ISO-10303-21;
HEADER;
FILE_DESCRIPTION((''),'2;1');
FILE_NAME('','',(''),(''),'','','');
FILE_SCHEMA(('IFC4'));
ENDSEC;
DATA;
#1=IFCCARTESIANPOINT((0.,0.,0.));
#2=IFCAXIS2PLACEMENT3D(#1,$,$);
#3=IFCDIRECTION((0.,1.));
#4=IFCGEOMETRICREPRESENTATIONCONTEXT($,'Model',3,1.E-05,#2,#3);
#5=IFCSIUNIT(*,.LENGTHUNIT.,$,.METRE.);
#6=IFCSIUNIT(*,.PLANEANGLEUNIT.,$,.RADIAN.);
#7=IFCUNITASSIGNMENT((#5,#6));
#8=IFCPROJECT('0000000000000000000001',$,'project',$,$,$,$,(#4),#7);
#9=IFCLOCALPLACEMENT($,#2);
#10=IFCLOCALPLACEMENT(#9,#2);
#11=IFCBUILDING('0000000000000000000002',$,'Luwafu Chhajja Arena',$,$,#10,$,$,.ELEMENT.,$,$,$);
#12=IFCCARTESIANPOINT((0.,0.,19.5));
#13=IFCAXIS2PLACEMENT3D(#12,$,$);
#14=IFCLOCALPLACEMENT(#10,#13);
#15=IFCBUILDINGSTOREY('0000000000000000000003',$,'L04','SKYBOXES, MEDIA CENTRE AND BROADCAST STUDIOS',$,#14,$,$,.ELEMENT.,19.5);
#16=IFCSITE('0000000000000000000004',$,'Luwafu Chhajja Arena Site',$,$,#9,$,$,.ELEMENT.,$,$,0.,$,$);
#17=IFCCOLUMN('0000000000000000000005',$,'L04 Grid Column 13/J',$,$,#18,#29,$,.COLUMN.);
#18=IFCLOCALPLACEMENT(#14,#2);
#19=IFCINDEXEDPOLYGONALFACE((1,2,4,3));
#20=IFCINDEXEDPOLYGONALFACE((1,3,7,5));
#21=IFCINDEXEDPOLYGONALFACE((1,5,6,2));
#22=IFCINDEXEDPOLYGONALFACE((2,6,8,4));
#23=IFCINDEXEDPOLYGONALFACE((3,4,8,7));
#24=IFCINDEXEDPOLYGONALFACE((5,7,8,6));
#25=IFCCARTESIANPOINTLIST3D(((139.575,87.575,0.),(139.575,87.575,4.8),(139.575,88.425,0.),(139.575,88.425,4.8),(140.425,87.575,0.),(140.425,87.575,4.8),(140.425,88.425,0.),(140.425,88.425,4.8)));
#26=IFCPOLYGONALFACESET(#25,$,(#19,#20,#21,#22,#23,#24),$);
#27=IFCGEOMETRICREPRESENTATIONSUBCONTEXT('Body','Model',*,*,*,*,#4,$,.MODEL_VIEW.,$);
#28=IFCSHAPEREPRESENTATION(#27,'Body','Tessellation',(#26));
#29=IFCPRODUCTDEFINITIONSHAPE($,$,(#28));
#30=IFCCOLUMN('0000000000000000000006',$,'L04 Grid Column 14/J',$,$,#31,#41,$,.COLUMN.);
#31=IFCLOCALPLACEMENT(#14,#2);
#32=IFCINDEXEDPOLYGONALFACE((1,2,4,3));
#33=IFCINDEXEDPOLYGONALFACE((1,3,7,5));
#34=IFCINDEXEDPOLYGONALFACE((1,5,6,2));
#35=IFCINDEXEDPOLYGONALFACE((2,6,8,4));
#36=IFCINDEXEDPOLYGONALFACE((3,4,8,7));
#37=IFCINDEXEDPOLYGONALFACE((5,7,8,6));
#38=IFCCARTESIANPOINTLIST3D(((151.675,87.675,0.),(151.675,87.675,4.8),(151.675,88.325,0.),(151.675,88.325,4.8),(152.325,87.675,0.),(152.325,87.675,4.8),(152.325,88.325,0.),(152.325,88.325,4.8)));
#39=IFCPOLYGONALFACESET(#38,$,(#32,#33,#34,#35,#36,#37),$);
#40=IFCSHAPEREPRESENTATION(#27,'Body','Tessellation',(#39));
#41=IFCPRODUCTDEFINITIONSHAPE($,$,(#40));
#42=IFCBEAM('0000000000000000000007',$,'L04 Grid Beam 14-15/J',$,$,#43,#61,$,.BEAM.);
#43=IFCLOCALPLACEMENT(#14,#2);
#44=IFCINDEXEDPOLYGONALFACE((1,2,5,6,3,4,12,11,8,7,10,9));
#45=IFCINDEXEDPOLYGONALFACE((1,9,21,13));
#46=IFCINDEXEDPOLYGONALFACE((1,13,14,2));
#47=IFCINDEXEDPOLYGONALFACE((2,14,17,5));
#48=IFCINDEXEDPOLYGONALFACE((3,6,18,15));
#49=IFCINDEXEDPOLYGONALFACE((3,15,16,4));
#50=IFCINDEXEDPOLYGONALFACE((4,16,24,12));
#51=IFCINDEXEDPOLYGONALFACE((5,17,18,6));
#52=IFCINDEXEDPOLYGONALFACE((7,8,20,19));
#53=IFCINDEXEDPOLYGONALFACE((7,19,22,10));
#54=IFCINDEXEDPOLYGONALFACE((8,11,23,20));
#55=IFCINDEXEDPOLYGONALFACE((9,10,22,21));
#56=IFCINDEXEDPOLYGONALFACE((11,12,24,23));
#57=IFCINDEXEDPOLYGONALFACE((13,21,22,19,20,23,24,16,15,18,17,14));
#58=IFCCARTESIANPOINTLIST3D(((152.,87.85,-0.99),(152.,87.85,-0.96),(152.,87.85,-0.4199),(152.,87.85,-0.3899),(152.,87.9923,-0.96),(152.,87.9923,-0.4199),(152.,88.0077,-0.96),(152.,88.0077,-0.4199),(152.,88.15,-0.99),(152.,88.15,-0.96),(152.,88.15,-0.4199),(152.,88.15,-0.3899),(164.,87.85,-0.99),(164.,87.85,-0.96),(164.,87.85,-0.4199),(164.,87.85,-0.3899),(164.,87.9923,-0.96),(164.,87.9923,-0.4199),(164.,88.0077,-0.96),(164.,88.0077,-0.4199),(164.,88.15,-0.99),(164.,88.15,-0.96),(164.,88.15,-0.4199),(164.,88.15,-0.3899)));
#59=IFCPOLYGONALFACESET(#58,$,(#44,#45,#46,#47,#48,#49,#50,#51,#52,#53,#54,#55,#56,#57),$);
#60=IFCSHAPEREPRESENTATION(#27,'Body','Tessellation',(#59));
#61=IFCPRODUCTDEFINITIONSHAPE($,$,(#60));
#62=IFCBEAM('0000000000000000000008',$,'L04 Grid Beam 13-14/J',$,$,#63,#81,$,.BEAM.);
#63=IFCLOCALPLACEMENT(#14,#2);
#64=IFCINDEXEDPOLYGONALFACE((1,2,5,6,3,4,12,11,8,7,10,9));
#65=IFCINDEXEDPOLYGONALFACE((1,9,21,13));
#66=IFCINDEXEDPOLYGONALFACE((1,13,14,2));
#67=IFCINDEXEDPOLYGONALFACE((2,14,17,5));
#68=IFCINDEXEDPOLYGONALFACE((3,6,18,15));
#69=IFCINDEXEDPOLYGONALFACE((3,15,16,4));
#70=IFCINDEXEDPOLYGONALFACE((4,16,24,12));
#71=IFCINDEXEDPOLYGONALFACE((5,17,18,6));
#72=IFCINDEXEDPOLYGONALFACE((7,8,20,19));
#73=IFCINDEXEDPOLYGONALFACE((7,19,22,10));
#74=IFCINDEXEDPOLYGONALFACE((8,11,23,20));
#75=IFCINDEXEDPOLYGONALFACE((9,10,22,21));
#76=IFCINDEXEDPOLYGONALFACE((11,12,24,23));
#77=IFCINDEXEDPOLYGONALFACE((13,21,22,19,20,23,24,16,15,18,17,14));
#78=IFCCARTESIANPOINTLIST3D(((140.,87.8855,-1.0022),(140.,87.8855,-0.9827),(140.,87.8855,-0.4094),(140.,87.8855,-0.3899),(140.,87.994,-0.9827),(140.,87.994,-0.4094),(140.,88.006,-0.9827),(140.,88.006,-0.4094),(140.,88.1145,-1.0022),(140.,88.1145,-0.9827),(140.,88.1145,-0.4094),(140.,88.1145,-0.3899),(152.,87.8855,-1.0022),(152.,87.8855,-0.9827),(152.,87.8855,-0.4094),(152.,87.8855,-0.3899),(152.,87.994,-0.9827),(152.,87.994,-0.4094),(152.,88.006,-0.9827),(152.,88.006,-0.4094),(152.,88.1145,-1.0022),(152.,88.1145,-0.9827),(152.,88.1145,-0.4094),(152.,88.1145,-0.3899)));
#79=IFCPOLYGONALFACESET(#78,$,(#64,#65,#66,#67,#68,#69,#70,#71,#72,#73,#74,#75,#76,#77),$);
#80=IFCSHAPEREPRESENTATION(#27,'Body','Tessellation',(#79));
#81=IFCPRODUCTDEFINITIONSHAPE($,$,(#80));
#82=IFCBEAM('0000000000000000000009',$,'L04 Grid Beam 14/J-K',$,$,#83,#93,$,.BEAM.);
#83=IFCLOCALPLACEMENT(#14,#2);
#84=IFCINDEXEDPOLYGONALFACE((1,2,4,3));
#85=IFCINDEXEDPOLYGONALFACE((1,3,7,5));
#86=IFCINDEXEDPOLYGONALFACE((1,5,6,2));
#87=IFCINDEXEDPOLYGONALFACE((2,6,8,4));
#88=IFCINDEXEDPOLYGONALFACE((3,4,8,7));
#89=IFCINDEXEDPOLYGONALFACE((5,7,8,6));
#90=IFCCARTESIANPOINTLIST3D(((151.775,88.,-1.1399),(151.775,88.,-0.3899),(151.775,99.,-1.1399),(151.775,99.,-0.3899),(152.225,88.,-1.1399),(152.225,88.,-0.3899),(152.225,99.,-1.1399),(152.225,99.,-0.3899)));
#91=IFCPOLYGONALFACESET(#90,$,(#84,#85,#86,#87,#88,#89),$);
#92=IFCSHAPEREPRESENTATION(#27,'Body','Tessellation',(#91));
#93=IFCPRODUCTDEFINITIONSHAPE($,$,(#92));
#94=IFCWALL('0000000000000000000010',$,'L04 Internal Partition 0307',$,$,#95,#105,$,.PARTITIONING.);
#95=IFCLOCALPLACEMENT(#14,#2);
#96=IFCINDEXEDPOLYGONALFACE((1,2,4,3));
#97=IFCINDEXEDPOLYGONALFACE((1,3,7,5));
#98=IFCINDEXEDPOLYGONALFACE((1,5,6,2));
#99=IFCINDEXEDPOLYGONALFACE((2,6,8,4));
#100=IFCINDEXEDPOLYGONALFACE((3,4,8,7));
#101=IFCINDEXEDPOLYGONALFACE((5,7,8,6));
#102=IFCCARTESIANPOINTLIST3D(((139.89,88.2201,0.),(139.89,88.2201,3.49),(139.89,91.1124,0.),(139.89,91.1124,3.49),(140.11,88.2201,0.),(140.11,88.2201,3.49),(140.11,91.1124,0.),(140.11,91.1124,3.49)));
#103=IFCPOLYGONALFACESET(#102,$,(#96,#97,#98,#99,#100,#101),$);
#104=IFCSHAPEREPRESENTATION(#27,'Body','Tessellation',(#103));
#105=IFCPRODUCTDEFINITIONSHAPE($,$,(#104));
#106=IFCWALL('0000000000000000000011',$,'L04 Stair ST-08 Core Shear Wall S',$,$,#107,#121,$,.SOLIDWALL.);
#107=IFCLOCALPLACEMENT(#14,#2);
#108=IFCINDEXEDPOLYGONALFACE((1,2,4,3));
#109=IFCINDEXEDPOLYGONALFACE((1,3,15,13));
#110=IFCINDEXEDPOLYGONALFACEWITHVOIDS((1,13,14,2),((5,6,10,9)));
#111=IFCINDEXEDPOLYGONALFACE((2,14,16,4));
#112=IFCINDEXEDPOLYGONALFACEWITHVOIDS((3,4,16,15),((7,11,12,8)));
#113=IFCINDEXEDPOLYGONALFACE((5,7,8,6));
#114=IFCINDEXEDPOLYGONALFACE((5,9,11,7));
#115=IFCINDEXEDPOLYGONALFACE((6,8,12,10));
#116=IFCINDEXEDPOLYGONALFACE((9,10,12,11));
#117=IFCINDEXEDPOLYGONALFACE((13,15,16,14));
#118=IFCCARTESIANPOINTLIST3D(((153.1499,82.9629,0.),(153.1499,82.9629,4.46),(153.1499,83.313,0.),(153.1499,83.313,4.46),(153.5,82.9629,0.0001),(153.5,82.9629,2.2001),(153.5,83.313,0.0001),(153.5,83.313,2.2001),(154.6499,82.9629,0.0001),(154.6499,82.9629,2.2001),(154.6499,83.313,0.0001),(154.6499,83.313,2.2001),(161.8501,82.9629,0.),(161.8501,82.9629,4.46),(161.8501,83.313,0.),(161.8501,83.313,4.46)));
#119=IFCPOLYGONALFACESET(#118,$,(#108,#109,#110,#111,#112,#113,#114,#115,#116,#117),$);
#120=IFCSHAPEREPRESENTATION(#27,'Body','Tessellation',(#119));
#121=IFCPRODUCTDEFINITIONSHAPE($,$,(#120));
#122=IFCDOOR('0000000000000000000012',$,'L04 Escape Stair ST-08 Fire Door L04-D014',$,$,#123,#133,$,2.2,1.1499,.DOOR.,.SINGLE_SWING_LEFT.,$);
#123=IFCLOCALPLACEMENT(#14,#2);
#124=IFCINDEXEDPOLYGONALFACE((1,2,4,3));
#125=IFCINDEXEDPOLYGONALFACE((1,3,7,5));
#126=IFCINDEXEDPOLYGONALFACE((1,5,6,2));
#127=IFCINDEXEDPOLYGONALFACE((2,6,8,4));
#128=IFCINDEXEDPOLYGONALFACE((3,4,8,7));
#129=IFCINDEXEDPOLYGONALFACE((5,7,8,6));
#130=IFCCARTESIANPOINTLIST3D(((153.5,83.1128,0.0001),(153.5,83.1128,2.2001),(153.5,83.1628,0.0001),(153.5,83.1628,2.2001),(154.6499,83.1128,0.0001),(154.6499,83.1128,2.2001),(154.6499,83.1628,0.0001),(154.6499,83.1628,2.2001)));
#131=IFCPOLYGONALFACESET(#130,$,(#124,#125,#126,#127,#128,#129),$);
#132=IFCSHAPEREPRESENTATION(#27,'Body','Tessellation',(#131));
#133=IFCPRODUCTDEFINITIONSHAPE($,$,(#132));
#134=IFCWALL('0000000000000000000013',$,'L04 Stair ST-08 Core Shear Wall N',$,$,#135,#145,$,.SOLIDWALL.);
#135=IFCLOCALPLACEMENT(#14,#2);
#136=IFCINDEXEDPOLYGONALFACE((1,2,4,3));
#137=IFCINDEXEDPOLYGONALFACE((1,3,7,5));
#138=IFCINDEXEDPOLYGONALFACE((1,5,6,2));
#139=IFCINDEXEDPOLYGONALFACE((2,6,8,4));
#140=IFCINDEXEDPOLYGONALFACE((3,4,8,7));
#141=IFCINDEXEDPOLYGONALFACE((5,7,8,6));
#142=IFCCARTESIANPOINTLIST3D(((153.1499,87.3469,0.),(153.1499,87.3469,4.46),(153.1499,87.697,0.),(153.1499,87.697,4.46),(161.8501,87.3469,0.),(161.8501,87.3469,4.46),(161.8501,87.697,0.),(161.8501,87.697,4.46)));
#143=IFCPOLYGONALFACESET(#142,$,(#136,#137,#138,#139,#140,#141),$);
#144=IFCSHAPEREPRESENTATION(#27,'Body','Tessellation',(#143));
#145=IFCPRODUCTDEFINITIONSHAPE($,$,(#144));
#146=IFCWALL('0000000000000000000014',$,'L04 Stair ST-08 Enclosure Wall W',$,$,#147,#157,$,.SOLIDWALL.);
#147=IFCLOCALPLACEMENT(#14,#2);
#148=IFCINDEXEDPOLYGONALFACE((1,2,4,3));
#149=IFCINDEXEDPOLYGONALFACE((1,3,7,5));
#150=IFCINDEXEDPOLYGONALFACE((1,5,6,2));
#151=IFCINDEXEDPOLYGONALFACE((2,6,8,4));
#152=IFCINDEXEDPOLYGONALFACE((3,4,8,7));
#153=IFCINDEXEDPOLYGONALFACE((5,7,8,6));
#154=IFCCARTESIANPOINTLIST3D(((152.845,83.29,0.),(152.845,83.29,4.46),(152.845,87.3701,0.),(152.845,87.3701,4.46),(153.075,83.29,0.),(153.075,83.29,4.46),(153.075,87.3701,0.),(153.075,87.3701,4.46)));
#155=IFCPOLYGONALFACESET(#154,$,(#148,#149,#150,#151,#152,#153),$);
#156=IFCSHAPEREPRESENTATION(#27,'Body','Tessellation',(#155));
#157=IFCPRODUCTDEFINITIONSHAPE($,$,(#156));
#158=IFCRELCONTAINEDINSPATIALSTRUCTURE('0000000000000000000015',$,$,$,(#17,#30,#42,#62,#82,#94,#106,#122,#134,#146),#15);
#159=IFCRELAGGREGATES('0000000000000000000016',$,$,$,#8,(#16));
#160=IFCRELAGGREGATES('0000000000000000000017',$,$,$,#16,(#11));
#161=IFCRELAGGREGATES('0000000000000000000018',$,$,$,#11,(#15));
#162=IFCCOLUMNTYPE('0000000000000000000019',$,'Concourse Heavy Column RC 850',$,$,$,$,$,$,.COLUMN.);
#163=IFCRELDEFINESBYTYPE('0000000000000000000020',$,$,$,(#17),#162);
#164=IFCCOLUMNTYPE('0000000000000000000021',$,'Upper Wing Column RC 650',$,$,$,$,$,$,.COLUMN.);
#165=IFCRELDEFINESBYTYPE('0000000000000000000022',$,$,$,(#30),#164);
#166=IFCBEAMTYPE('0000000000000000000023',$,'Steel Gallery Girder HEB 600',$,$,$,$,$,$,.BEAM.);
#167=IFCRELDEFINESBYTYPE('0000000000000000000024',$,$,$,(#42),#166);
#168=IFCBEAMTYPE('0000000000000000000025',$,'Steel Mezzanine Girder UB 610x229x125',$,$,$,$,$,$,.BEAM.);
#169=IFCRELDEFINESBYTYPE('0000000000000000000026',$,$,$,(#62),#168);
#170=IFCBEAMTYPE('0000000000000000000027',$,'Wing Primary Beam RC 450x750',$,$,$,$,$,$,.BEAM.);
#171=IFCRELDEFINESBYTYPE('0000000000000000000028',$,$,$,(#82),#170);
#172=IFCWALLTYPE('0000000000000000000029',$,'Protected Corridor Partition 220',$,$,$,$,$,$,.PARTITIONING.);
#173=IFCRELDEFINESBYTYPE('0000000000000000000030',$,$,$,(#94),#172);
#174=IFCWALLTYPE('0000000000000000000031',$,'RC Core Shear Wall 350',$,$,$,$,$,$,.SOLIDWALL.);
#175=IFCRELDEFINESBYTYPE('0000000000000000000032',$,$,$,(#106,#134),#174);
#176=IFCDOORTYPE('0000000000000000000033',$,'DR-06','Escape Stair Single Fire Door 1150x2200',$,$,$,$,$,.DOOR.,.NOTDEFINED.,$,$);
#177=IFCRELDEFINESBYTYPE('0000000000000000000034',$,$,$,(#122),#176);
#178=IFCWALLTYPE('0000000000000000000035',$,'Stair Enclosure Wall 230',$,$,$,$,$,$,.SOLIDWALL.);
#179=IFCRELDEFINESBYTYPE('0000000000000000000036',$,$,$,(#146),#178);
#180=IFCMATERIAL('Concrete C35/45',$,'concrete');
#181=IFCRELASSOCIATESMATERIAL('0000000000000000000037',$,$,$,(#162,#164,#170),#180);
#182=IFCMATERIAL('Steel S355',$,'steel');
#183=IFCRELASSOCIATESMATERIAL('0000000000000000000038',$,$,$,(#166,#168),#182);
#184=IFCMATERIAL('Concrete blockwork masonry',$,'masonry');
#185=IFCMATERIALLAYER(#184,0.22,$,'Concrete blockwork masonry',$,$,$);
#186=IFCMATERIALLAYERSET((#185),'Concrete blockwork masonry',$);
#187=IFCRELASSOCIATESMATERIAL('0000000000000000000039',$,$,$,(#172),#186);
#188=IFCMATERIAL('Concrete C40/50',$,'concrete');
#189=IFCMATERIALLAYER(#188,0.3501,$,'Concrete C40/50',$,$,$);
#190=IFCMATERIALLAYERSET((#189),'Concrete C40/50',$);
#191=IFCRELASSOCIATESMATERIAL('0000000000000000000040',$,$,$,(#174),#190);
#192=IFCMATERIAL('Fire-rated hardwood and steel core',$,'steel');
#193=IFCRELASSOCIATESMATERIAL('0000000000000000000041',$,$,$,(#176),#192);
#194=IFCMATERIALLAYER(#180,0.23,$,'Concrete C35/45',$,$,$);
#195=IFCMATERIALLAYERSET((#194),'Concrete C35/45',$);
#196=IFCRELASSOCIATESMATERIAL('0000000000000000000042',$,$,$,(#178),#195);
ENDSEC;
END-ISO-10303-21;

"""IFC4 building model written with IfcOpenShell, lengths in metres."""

from ifc_helpers import new_model, si_unit, direction, frame, frame_2d, origin, origin_2d, place, context, subcontext, project, spatial, rectangle, i_section, extrude, material, layer, layer_set, material_profile, profile_set, type_object, element, fill, save


model = new_model("IFC4")

# Units and contexts
model_context = context("Model", 3, precision=1e-05, world=origin(), true_north=direction((0.0, 1.0)))
body_context = subcontext(model_context, "Body", "Model", "MODEL_VIEW")
ifc_project = project(units=[si_unit("LENGTHUNIT", "METRE"), si_unit("PLANEANGLEUNIT", "RADIAN")], contexts=[model_context])

# Site, building, storey
site_placement = place(None, origin())
site = spatial("IfcSite", under=ifc_project, at=site_placement, Name="Luwafu Chhajja Arena Site", CompositionType="ELEMENT", RefElevation=0.0)
building_placement = place(site_placement, origin())
building = spatial("IfcBuilding", under=site, at=building_placement, Name="Luwafu Chhajja Arena", CompositionType="ELEMENT")
storey_placement = place(building_placement, frame((0.0, 0.0, 19.5)))
storey = spatial("IfcBuildingStorey", under=building, at=storey_placement, Name="L04", Description="SKYBOXES, MEDIA CENTRE AND BROADCAST STUDIOS", CompositionType="ELEMENT", Elevation=19.5)

# Columns
ifc_material_1 = material(Name="Concrete C35/45", Category="concrete")
ifc_material_profile_1 = material_profile(ifc_material_1, rectangle(XDim=0.8501, YDim=0.8501, at=origin_2d()), Name="RC 850x850")
ifc_profile_set_1 = profile_set([ifc_material_profile_1], Name="Concrete C35/45")
column_type_1 = type_object("IfcColumnType", Name="Concourse Heavy Column RC 850", PredefinedType="COLUMN", material=ifc_profile_set_1)
column_1_placement = place(storey_placement, frame((140.0, 88.0, 0.0), z_axis=(0.0, 0.0, 1.0), x_axis=(1.0, 0.0, 0.0)))
element("IfcColumn", 1, at=column_1_placement, inside=storey, type_object=column_type_1, Name="L04 Grid Column 13/J", PredefinedType="COLUMN", context=body_context, shape_type="SweptSolid", body=[
    extrude(rectangle(XDim=0.8501, YDim=0.8501, at=origin_2d()), origin(), (0.0, 0.0, 1.0), 4.8),
])
ifc_material_profile_2 = material_profile(ifc_material_1, rectangle(XDim=0.6499, YDim=0.6499, at=origin_2d()), Name="RC 650x650")
ifc_profile_set_2 = profile_set([ifc_material_profile_2], Name="Concrete C35/45")
column_type_2 = type_object("IfcColumnType", Name="Upper Wing Column RC 650", PredefinedType="COLUMN", material=ifc_profile_set_2)
column_2_placement = place(storey_placement, frame((152.0, 88.0, 0.0), z_axis=(0.0, 0.0, 1.0), x_axis=(1.0, 0.0, 0.0)))
element("IfcColumn", 2, at=column_2_placement, inside=storey, type_object=column_type_2, Name="L04 Grid Column 14/J", PredefinedType="COLUMN", context=body_context, shape_type="SweptSolid", body=[
    extrude(rectangle(XDim=0.6499, YDim=0.6499, at=origin_2d()), origin(), (0.0, 0.0, 1.0), 4.8),
])

# Beams
ifc_material_2 = material(Name="Steel S355", Category="steel")
ifc_material_profile_3 = material_profile(ifc_material_2, i_section(OverallWidth=0.3, OverallDepth=0.6001, WebThickness=0.0154, FlangeThickness=0.03, at=origin_2d()), Name="HEB 600")
ifc_profile_set_3 = profile_set([ifc_material_profile_3], Name="Steel S355")
beam_type_1 = type_object("IfcBeamType", Name="Steel Gallery Girder HEB 600", PredefinedType="BEAM", material=ifc_profile_set_3)
beam_1_placement = place(storey_placement, frame((152.0, 88.0, -0.6899), z_axis=(1.0, 0.0, 0.0), x_axis=(0.0, 1.0, 0.0)))
element("IfcBeam", 3, at=beam_1_placement, inside=storey, type_object=beam_type_1, Name="L04 Grid Beam 14-15/J", PredefinedType="BEAM", context=body_context, shape_type="SweptSolid", body=[
    extrude(i_section(OverallWidth=0.3, OverallDepth=0.6001, WebThickness=0.0154, FlangeThickness=0.03, at=origin_2d()), origin(), (0.0, 0.0, 1.0), 12.0),
])
ifc_material_profile_4 = material_profile(ifc_material_2, i_section(OverallWidth=0.229, OverallDepth=0.6123, WebThickness=0.012, FlangeThickness=0.0195, at=origin_2d()), Name="UB 610x229x125")
ifc_profile_set_4 = profile_set([ifc_material_profile_4], Name="Steel S355")
beam_type_2 = type_object("IfcBeamType", Name="Steel Mezzanine Girder UB 610x229x125", PredefinedType="BEAM", material=ifc_profile_set_4)
beam_2_placement = place(storey_placement, frame((140.0, 88.0, -0.696), z_axis=(1.0, 0.0, 0.0), x_axis=(0.0, 1.0, 0.0)))
element("IfcBeam", 4, at=beam_2_placement, inside=storey, type_object=beam_type_2, Name="L04 Grid Beam 13-14/J", PredefinedType="BEAM", context=body_context, shape_type="SweptSolid", body=[
    extrude(i_section(OverallWidth=0.229, OverallDepth=0.6123, WebThickness=0.012, FlangeThickness=0.0195, at=origin_2d()), origin(), (0.0, 0.0, 1.0), 12.0),
])
ifc_material_profile_5 = material_profile(ifc_material_1, rectangle(XDim=0.45, YDim=0.75, at=origin_2d()), Name="RC 450x750")
ifc_profile_set_5 = profile_set([ifc_material_profile_5], Name="Concrete C35/45")
beam_type_3 = type_object("IfcBeamType", Name="Wing Primary Beam RC 450x750", PredefinedType="BEAM", material=ifc_profile_set_5)
beam_3_placement = place(storey_placement, frame((152.0, 88.0, -0.7649), z_axis=(0.0, 1.0, 0.0), x_axis=(-1.0, 0.0, 0.0)))
element("IfcBeam", 5, at=beam_3_placement, inside=storey, type_object=beam_type_3, Name="L04 Grid Beam 14/J-K", PredefinedType="BEAM", context=body_context, shape_type="SweptSolid", body=[
    extrude(rectangle(XDim=0.45, YDim=0.75, at=origin_2d()), origin(), (0.0, 0.0, 1.0), 11.0),
])

# Wall
ifc_material_3 = material(Name="Concrete blockwork masonry", Category="masonry")
ifc_layer_1 = layer(ifc_material_3, 0.22, Name="Concrete blockwork masonry")
ifc_layer_set_1 = layer_set([ifc_layer_1], Name="Concrete blockwork masonry")
wall_type_1 = type_object("IfcWallType", Name="Protected Corridor Partition 220", PredefinedType="PARTITIONING", material=ifc_layer_set_1)
wall_1_placement = place(storey_placement, frame((140.0, 88.22, 0.0), z_axis=(0.0, 0.0, 1.0), x_axis=(0.0, 1.0, 0.0)))
element("IfcWall", 6, at=wall_1_placement, inside=storey, type_object=wall_type_1, Name="L04 Internal Partition 0307", PredefinedType="PARTITIONING", context=body_context, shape_type="SweptSolid", body=[
    extrude(rectangle(XDim=2.8923, YDim=0.22, at=frame_2d((1.4463, 0.0))), origin(), (0.0, 0.0, 1.0), 3.49),
])

# Wall, opening, door
ifc_material_4 = material(Name="Concrete C40/50", Category="concrete")
ifc_layer_2 = layer(ifc_material_4, 0.3501, Name="Concrete C40/50")
ifc_layer_set_2 = layer_set([ifc_layer_2], Name="Concrete C40/50")
wall_type_2 = type_object("IfcWallType", Name="RC Core Shear Wall 350", PredefinedType="SOLIDWALL", material=ifc_layer_set_2)
wall_2_placement = place(storey_placement, frame((153.1499, 83.1379, 0.0), z_axis=(0.0, 0.0, 1.0), x_axis=(1.0, 0.0, 0.0)))
wall_2 = element("IfcWall", 7, at=wall_2_placement, inside=storey, type_object=wall_type_2, Name="L04 Stair ST-08 Core Shear Wall S", PredefinedType="SOLIDWALL", context=body_context, shape_type="SweptSolid", body=[
    extrude(rectangle(XDim=8.7002, YDim=0.3501, at=frame_2d((4.3501, 0.0))), origin(), (0.0, 0.0, 1.0), 4.46),
])
opening_placement = place(wall_2_placement, frame((0.3501, 0.0, 0.0)))
opening = element("IfcOpeningElement", 8, at=opening_placement, cuts=wall_2, PredefinedType="OPENING", context=body_context, shape_type="SweptSolid", body=[
    extrude(rectangle(XDim=1.1499, YDim=2.2, at=frame_2d((0.575, 1.1001))), frame((0.0, 0.1851, 0.0), z_axis=(0.0, -1.0, 0.0), x_axis=(1.0, 0.0, 0.0)), (0.0, 0.0, 1.0), 0.3701),
])
ifc_material_5 = material(Name="Fire-rated hardwood and steel core", Category="steel")
door_type = type_object("IfcDoorType", Name="DR-06", Description="Escape Stair Single Fire Door 1150x2200", OperationType="NOTDEFINED", PredefinedType="DOOR", material=ifc_material_5)
door_placement = place(opening_placement, origin())
door = element("IfcDoor", 9, at=door_placement, inside=storey, type_object=door_type, Name="L04 Escape Stair ST-08 Fire Door L04-D014", OperationType="SINGLE_SWING_LEFT", OverallHeight=2.2, OverallWidth=1.1499, PredefinedType="DOOR", context=body_context, shape_type="SweptSolid", body=[
    extrude(rectangle(XDim=1.1499, YDim=2.2, at=frame_2d((0.575, 1.1001))), frame((0.0, 0.0249, 0.0), z_axis=(0.0, -1.0, 0.0), x_axis=(1.0, 0.0, 0.0)), (0.0, 0.0, 1.0), 0.05),
])
fill(opening, door)

# Walls
wall_3_placement = place(storey_placement, frame((153.1499, 87.522, 0.0), z_axis=(0.0, 0.0, 1.0), x_axis=(1.0, 0.0, 0.0)))
element("IfcWall", 10, at=wall_3_placement, inside=storey, type_object=wall_type_2, Name="L04 Stair ST-08 Core Shear Wall N", PredefinedType="SOLIDWALL", context=body_context, shape_type="SweptSolid", body=[
    extrude(rectangle(XDim=8.7002, YDim=0.3501, at=frame_2d((4.3501, 0.0))), origin(), (0.0, 0.0, 1.0), 4.46),
])
ifc_layer_3 = layer(ifc_material_1, 0.23, Name="Concrete C35/45")
ifc_layer_set_3 = layer_set([ifc_layer_3], Name="Concrete C35/45")
wall_type_3 = type_object("IfcWallType", Name="Stair Enclosure Wall 230", PredefinedType="SOLIDWALL", material=ifc_layer_set_3)
wall_4_placement = place(storey_placement, frame((152.96, 83.29, 0.0), z_axis=(0.0, 0.0, 1.0), x_axis=(0.0, 1.0, 0.0)))
element("IfcWall", 11, at=wall_4_placement, inside=storey, type_object=wall_type_3, Name="L04 Stair ST-08 Enclosure Wall W", PredefinedType="SOLIDWALL", context=body_context, shape_type="SweptSolid", body=[
    extrude(rectangle(XDim=4.0801, YDim=0.23, at=frame_2d((2.04, 0.0))), origin(), (0.0, 0.0, 1.0), 4.46),
])

save(model, "model.ifc")
